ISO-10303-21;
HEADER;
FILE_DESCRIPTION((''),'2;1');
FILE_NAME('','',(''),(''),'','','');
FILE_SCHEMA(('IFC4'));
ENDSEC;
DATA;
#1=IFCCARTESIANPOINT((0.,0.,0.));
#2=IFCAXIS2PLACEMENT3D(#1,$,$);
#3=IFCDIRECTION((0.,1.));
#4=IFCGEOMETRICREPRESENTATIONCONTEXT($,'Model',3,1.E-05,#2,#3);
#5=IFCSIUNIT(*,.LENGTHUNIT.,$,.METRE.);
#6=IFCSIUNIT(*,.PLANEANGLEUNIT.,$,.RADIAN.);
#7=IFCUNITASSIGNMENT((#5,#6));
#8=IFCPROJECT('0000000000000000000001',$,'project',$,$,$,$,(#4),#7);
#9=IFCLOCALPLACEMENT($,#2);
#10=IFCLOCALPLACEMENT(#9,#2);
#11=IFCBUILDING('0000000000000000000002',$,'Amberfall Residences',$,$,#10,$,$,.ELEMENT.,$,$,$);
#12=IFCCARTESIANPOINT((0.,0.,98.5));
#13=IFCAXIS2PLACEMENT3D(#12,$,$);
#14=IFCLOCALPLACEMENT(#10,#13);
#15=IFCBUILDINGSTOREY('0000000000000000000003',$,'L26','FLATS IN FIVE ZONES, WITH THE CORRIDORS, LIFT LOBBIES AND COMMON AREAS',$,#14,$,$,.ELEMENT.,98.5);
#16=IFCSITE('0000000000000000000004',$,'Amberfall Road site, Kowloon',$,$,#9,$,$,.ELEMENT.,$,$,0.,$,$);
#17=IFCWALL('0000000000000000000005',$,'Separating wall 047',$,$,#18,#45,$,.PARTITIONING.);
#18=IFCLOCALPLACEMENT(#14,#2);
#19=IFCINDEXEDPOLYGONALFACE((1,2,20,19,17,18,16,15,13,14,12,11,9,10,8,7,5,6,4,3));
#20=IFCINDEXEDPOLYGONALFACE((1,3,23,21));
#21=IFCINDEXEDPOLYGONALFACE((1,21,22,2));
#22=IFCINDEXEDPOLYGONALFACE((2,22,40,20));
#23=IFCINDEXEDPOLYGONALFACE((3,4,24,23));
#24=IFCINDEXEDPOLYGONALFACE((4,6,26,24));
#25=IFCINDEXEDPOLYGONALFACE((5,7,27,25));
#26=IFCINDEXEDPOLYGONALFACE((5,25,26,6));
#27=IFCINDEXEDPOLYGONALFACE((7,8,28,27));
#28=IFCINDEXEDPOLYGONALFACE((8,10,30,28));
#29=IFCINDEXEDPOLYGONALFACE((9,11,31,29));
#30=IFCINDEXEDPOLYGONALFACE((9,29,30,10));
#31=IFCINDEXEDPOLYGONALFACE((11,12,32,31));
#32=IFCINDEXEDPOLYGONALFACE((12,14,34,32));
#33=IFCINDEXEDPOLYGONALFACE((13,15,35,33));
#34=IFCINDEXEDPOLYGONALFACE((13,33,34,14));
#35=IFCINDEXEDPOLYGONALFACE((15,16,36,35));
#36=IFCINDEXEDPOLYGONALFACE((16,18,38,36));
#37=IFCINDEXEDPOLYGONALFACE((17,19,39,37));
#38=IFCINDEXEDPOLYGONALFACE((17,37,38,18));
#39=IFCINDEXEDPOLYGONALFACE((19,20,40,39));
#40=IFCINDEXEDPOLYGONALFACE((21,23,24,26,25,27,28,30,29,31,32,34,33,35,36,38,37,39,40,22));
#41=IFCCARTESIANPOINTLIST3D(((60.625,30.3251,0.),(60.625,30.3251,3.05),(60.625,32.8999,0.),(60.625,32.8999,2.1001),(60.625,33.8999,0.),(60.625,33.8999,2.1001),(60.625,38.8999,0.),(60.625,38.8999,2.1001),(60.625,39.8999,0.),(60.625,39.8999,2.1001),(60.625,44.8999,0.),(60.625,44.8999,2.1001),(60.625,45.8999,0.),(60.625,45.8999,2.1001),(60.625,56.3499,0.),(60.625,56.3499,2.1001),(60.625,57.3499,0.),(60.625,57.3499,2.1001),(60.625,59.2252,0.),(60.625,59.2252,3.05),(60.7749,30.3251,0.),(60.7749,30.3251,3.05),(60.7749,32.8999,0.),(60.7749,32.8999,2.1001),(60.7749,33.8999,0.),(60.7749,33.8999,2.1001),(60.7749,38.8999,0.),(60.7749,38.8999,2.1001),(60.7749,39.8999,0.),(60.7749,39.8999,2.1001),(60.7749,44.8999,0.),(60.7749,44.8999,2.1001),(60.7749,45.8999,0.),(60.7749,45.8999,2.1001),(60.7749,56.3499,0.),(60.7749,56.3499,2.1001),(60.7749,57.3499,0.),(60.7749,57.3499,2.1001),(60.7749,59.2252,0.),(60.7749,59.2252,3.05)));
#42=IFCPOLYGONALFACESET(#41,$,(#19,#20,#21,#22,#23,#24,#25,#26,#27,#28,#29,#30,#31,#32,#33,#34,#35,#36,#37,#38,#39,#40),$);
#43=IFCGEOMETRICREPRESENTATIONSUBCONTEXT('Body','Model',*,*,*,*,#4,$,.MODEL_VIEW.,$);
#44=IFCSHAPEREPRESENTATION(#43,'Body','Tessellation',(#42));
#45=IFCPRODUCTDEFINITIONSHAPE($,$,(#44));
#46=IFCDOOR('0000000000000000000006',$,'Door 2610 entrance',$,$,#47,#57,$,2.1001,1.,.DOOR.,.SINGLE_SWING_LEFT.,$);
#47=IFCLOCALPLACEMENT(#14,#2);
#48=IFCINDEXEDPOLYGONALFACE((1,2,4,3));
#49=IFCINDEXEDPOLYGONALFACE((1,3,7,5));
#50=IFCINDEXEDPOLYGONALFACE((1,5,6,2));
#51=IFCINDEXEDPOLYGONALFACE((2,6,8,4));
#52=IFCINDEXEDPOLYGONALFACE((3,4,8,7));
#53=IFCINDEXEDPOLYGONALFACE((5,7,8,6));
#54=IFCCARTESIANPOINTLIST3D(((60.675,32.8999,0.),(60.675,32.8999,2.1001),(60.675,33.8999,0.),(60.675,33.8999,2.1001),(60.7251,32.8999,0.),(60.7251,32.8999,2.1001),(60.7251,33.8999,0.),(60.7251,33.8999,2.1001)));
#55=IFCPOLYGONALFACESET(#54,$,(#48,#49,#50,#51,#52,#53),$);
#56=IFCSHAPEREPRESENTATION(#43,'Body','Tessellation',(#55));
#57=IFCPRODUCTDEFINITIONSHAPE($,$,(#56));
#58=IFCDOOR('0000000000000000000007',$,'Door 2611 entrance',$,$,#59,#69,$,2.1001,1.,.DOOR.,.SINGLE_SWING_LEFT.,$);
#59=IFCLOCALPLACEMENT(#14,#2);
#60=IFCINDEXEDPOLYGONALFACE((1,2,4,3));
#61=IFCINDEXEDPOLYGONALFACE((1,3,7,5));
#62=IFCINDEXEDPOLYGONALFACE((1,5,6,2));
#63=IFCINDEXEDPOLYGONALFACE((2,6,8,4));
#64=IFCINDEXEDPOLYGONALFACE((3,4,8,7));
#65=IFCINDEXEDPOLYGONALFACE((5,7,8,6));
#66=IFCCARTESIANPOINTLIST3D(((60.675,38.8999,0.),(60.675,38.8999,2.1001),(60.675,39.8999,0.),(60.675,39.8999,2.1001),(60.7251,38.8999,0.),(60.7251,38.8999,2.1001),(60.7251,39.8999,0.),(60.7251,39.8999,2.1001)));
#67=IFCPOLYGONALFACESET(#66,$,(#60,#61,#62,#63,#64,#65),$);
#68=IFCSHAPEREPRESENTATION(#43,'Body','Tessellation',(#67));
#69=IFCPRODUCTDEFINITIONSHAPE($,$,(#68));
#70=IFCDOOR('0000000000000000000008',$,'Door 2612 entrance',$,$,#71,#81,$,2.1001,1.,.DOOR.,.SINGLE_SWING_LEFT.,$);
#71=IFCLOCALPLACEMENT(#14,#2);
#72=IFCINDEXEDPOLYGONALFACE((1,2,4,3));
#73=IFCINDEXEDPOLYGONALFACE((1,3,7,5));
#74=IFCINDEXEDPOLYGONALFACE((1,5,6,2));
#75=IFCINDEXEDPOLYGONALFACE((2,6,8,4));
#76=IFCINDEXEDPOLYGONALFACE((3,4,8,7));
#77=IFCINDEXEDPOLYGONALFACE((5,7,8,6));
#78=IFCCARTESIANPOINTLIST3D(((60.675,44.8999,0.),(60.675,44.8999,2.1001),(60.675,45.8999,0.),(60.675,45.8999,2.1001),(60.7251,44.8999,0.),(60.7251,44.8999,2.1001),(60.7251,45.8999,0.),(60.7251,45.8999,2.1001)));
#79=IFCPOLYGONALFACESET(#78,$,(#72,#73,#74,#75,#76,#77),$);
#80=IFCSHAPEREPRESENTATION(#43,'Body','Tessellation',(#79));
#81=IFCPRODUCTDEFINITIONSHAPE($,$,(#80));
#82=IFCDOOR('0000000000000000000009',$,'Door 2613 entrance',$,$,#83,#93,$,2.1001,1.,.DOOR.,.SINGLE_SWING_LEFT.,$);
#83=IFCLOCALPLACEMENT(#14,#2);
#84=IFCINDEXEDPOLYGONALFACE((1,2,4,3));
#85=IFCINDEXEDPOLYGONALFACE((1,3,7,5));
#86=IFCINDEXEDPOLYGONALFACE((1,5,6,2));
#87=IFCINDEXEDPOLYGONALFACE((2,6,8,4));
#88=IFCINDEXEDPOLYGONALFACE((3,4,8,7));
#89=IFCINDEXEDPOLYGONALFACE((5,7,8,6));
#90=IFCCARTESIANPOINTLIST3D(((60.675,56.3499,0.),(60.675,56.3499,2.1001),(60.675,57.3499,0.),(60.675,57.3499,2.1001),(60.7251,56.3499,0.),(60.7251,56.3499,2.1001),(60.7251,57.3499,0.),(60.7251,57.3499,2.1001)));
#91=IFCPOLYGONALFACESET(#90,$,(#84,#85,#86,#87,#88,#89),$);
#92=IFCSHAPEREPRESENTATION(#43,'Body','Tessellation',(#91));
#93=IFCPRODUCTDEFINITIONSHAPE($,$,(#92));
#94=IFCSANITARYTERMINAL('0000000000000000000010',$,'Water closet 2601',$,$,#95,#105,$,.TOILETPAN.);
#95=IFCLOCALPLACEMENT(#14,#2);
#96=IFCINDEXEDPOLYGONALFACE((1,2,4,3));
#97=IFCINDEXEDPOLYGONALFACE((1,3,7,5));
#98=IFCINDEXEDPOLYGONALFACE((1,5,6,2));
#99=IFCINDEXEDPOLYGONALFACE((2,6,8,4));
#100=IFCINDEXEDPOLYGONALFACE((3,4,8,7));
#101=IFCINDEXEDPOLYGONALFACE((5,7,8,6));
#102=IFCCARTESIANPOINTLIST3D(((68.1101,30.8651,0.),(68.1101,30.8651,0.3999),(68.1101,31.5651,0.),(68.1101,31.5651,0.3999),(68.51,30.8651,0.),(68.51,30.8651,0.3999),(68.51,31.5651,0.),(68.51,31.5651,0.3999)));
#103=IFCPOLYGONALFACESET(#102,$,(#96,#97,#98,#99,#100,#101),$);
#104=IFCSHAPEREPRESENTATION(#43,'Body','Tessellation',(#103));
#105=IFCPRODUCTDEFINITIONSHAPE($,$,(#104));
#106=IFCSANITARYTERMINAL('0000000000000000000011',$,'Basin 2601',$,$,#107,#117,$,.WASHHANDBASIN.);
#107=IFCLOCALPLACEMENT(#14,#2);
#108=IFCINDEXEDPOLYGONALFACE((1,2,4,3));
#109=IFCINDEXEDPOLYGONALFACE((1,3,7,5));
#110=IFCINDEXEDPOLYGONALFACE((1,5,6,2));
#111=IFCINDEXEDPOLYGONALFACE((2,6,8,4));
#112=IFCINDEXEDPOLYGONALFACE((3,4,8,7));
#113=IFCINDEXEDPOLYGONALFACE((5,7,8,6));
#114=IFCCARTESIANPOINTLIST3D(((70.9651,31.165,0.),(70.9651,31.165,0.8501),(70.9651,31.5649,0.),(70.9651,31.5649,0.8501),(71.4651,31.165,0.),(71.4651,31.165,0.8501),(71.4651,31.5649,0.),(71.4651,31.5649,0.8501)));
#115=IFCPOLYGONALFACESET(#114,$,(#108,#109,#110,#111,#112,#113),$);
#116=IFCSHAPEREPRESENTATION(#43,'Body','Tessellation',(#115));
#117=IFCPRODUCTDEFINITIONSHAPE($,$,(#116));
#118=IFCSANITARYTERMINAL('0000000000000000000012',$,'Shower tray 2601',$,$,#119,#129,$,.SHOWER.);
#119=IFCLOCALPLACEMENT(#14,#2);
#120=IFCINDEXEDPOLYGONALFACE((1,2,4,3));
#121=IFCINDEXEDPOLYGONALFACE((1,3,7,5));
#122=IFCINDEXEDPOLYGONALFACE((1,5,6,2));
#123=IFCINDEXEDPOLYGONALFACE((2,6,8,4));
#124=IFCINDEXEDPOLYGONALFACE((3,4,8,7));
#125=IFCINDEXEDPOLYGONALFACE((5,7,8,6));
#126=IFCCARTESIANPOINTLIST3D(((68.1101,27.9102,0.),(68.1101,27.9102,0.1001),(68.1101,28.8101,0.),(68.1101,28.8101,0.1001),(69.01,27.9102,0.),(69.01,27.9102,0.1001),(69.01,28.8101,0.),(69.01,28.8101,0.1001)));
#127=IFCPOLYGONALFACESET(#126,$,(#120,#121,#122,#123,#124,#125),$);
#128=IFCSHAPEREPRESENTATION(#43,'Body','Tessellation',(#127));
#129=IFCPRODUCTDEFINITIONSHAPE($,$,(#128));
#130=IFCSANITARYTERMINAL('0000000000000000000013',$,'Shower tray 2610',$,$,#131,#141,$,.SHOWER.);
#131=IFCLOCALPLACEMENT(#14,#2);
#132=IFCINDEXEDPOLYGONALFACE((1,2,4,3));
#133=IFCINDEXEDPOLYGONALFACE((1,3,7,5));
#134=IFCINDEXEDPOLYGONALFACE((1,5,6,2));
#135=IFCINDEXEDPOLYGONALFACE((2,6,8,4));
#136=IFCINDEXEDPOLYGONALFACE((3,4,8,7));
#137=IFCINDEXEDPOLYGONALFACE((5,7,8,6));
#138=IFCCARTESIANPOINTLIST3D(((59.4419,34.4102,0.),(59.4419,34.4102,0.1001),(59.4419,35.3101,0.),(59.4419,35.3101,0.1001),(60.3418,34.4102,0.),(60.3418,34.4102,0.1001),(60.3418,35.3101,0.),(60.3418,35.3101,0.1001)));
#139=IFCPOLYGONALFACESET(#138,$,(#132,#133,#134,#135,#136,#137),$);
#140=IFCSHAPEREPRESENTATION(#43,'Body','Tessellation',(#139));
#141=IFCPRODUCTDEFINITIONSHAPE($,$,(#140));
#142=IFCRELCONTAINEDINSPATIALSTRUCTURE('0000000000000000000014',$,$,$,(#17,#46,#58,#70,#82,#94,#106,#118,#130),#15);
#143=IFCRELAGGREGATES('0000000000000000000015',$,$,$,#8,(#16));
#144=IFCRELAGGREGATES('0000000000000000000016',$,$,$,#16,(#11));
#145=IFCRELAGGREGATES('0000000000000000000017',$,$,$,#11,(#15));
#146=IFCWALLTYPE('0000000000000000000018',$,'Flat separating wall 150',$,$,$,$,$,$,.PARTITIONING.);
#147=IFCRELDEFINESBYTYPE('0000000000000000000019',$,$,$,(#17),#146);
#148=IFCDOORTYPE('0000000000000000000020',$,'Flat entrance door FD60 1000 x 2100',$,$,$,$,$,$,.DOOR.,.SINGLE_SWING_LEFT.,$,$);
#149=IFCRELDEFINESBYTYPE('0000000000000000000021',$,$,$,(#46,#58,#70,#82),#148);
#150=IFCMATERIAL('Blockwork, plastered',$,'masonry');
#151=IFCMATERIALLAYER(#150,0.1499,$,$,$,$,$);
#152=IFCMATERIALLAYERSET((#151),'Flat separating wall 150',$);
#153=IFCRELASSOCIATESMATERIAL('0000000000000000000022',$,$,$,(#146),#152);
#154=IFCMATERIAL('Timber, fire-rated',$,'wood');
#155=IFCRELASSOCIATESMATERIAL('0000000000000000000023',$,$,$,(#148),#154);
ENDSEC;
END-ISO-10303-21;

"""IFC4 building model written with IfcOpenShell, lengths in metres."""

from ifc_helpers import new_model, si_unit, direction, frame, frame_2d, origin, origin_2d, place, context, subcontext, project, spatial, rectangle, extrude, material, layer, layer_set, type_object, element, fill, save


model = new_model("IFC4")

# Units and contexts
model_context = context("Model", 3, precision=1e-05, world=origin(), true_north=direction((0.0, 1.0)))
body_context = subcontext(model_context, "Body", "Model", "MODEL_VIEW")
ifc_project = project(units=[si_unit("LENGTHUNIT", "METRE"), si_unit("PLANEANGLEUNIT", "RADIAN")], contexts=[model_context])

# Site, building, storey
site_placement = place(None, origin())
site = spatial("IfcSite", under=ifc_project, at=site_placement, Name="Amberfall Road site, Kowloon", CompositionType="ELEMENT", RefElevation=0.0)
building_placement = place(site_placement, origin())
building = spatial("IfcBuilding", under=site, at=building_placement, Name="Amberfall Residences", CompositionType="ELEMENT")
storey_placement = place(building_placement, frame((0.0, 0.0, 98.5)))
storey = spatial("IfcBuildingStorey", under=building, at=storey_placement, Name="L26", Description="FLATS IN FIVE ZONES, WITH THE CORRIDORS, LIFT LOBBIES AND COMMON AREAS", CompositionType="ELEMENT", Elevation=98.5)

# Wall, openings, doors
ifc_material_1 = material(Name="Blockwork, plastered", Category="masonry")
ifc_layer_1 = layer(ifc_material_1, 0.1499)
ifc_layer_set_1 = layer_set([ifc_layer_1], Name="Flat separating wall 150")
wall_type_1 = type_object("IfcWallType", Name="Flat separating wall 150", PredefinedType="PARTITIONING", material=ifc_layer_set_1)
wall_1_placement = place(storey_placement, frame((60.7, 30.325, 0.0), z_axis=(0.0, 0.0, 1.0), x_axis=(0.0, 1.0, 0.0)))
wall_1 = element("IfcWall", 1, at=wall_1_placement, inside=storey, type_object=wall_type_1, Name="Separating wall 047", PredefinedType="PARTITIONING", context=body_context, shape_type="SweptSolid", body=[
    extrude(rectangle(XDim=28.9001, YDim=0.1499, at=frame_2d((14.4502, 0.0))), origin(), (0.0, 0.0, 1.0), 3.05),
])
opening_1_placement = place(wall_1_placement, frame((2.575, 0.0, 0.0)))
opening_1 = element("IfcOpeningElement", 2, at=opening_1_placement, cuts=wall_1, PredefinedType="OPENING", context=body_context, shape_type="SweptSolid", body=[
    extrude(rectangle(XDim=1.0, YDim=2.1001, at=frame_2d((0.5, 1.05))), frame((0.0, 0.085, 0.0), z_axis=(0.0, -1.0, 0.0), x_axis=(1.0, 0.0, 0.0)), (0.0, 0.0, 1.0), 0.1699),
])
opening_2_placement = place(wall_1_placement, frame((8.575, 0.0, 0.0)))
opening_2 = element("IfcOpeningElement", 3, at=opening_2_placement, cuts=wall_1, PredefinedType="OPENING", context=body_context, shape_type="SweptSolid", body=[
    extrude(rectangle(XDim=1.0, YDim=2.1001, at=frame_2d((0.5, 1.05))), frame((0.0, 0.085, 0.0), z_axis=(0.0, -1.0, 0.0), x_axis=(1.0, 0.0, 0.0)), (0.0, 0.0, 1.0), 0.1699),
])
opening_3_placement = place(wall_1_placement, frame((14.575, 0.0, 0.0)))
opening_3 = element("IfcOpeningElement", 4, at=opening_3_placement, cuts=wall_1, PredefinedType="OPENING", context=body_context, shape_type="SweptSolid", body=[
    extrude(rectangle(XDim=1.0, YDim=2.1001, at=frame_2d((0.5, 1.05))), frame((0.0, 0.085, 0.0), z_axis=(0.0, -1.0, 0.0), x_axis=(1.0, 0.0, 0.0)), (0.0, 0.0, 1.0), 0.1699),
])
opening_4_placement = place(wall_1_placement, frame((26.0249, 0.0, 0.0)))
opening_4 = element("IfcOpeningElement", 5, at=opening_4_placement, cuts=wall_1, PredefinedType="OPENING", context=body_context, shape_type="SweptSolid", body=[
    extrude(rectangle(XDim=1.0, YDim=2.1001, at=frame_2d((0.5, 1.05))), frame((0.0, 0.085, 0.0), z_axis=(0.0, -1.0, 0.0), x_axis=(1.0, 0.0, 0.0)), (0.0, 0.0, 1.0), 0.1699),
])
ifc_material_2 = material(Name="Timber, fire-rated", Category="wood")
door_type_1 = type_object("IfcDoorType", Name="Flat entrance door FD60 1000 x 2100", OperationType="SINGLE_SWING_LEFT", PredefinedType="DOOR", material=ifc_material_2)
door_1_placement = place(opening_1_placement, origin())
door_1 = element("IfcDoor", 6, at=door_1_placement, inside=storey, type_object=door_type_1, Name="Door 2610 entrance", OperationType="SINGLE_SWING_LEFT", OverallHeight=2.1001, OverallWidth=1.0, PredefinedType="DOOR", context=body_context, shape_type="SweptSolid", body=[
    extrude(rectangle(XDim=1.0, YDim=2.1001, at=frame_2d((0.5, 1.05))), frame((0.0, 0.0249, 0.0), z_axis=(0.0, -1.0, 0.0), x_axis=(1.0, 0.0, 0.0)), (0.0, 0.0, 1.0), 0.05),
])
fill(opening_1, door_1)
door_2_placement = place(opening_2_placement, origin())
door_2 = element("IfcDoor", 7, at=door_2_placement, inside=storey, type_object=door_type_1, Name="Door 2611 entrance", OperationType="SINGLE_SWING_LEFT", OverallHeight=2.1001, OverallWidth=1.0, PredefinedType="DOOR", context=body_context, shape_type="SweptSolid", body=[
    extrude(rectangle(XDim=1.0, YDim=2.1001, at=frame_2d((0.5, 1.05))), frame((0.0, 0.0249, 0.0), z_axis=(0.0, -1.0, 0.0), x_axis=(1.0, 0.0, 0.0)), (0.0, 0.0, 1.0), 0.05),
])
fill(opening_2, door_2)
door_3_placement = place(opening_3_placement, origin())
door_3 = element("IfcDoor", 8, at=door_3_placement, inside=storey, type_object=door_type_1, Name="Door 2612 entrance", OperationType="SINGLE_SWING_LEFT", OverallHeight=2.1001, OverallWidth=1.0, PredefinedType="DOOR", context=body_context, shape_type="SweptSolid", body=[
    extrude(rectangle(XDim=1.0, YDim=2.1001, at=frame_2d((0.5, 1.05))), frame((0.0, 0.0249, 0.0), z_axis=(0.0, -1.0, 0.0), x_axis=(1.0, 0.0, 0.0)), (0.0, 0.0, 1.0), 0.05),
])
fill(opening_3, door_3)
door_4_placement = place(opening_4_placement, origin())
door_4 = element("IfcDoor", 9, at=door_4_placement, inside=storey, type_object=door_type_1, Name="Door 2613 entrance", OperationType="SINGLE_SWING_LEFT", OverallHeight=2.1001, OverallWidth=1.0, PredefinedType="DOOR", context=body_context, shape_type="SweptSolid", body=[
    extrude(rectangle(XDim=1.0, YDim=2.1001, at=frame_2d((0.5, 1.05))), frame((0.0, 0.0249, 0.0), z_axis=(0.0, -1.0, 0.0), x_axis=(1.0, 0.0, 0.0)), (0.0, 0.0, 1.0), 0.05),
])
fill(opening_4, door_4)

# Sanitary terminals
sanitary_terminal_1_placement = place(storey_placement, frame((68.3101, 31.2151, 0.0), z_axis=(0.0, 0.0, 1.0), x_axis=(1.0, 0.0, 0.0)))
element("IfcSanitaryTerminal", 10, at=sanitary_terminal_1_placement, inside=storey, Name="Water closet 2601", PredefinedType="TOILETPAN", context=body_context, shape_type="SweptSolid", body=[
    extrude(rectangle(XDim=0.3999, YDim=0.7, at=origin_2d()), origin(), (0.0, 0.0, 1.0), 0.3999),
])
sanitary_terminal_2_placement = place(storey_placement, frame((71.2151, 31.365, 0.0), z_axis=(0.0, 0.0, 1.0), x_axis=(1.0, 0.0, 0.0)))
element("IfcSanitaryTerminal", 11, at=sanitary_terminal_2_placement, inside=storey, Name="Basin 2601", PredefinedType="WASHHANDBASIN", context=body_context, shape_type="SweptSolid", body=[
    extrude(rectangle(XDim=0.5, YDim=0.3999, at=origin_2d()), origin(), (0.0, 0.0, 1.0), 0.8501),
])
for number, where, z_axis, x_axis, name in (
    (12, (68.5601, 28.3601, 0.0), (0.0, 0.0, 1.0), (1.0, 0.0, 0.0), "Shower tray 2601"),
    (13, (59.8918, 34.8601, 0.0), (0.0, 0.0, 1.0), (1.0, 0.0, 0.0), "Shower tray 2610"),
):
    element("IfcSanitaryTerminal", number, at=place(storey_placement, frame(where, z_axis=z_axis, x_axis=x_axis)), inside=storey, Name=name, PredefinedType="SHOWER", context=body_context, shape_type="SweptSolid", body=[
        extrude(rectangle(XDim=0.8999, YDim=0.8999, at=origin_2d()), origin(), (0.0, 0.0, 1.0), 0.1001),
    ])

save(model, "model.ifc")
